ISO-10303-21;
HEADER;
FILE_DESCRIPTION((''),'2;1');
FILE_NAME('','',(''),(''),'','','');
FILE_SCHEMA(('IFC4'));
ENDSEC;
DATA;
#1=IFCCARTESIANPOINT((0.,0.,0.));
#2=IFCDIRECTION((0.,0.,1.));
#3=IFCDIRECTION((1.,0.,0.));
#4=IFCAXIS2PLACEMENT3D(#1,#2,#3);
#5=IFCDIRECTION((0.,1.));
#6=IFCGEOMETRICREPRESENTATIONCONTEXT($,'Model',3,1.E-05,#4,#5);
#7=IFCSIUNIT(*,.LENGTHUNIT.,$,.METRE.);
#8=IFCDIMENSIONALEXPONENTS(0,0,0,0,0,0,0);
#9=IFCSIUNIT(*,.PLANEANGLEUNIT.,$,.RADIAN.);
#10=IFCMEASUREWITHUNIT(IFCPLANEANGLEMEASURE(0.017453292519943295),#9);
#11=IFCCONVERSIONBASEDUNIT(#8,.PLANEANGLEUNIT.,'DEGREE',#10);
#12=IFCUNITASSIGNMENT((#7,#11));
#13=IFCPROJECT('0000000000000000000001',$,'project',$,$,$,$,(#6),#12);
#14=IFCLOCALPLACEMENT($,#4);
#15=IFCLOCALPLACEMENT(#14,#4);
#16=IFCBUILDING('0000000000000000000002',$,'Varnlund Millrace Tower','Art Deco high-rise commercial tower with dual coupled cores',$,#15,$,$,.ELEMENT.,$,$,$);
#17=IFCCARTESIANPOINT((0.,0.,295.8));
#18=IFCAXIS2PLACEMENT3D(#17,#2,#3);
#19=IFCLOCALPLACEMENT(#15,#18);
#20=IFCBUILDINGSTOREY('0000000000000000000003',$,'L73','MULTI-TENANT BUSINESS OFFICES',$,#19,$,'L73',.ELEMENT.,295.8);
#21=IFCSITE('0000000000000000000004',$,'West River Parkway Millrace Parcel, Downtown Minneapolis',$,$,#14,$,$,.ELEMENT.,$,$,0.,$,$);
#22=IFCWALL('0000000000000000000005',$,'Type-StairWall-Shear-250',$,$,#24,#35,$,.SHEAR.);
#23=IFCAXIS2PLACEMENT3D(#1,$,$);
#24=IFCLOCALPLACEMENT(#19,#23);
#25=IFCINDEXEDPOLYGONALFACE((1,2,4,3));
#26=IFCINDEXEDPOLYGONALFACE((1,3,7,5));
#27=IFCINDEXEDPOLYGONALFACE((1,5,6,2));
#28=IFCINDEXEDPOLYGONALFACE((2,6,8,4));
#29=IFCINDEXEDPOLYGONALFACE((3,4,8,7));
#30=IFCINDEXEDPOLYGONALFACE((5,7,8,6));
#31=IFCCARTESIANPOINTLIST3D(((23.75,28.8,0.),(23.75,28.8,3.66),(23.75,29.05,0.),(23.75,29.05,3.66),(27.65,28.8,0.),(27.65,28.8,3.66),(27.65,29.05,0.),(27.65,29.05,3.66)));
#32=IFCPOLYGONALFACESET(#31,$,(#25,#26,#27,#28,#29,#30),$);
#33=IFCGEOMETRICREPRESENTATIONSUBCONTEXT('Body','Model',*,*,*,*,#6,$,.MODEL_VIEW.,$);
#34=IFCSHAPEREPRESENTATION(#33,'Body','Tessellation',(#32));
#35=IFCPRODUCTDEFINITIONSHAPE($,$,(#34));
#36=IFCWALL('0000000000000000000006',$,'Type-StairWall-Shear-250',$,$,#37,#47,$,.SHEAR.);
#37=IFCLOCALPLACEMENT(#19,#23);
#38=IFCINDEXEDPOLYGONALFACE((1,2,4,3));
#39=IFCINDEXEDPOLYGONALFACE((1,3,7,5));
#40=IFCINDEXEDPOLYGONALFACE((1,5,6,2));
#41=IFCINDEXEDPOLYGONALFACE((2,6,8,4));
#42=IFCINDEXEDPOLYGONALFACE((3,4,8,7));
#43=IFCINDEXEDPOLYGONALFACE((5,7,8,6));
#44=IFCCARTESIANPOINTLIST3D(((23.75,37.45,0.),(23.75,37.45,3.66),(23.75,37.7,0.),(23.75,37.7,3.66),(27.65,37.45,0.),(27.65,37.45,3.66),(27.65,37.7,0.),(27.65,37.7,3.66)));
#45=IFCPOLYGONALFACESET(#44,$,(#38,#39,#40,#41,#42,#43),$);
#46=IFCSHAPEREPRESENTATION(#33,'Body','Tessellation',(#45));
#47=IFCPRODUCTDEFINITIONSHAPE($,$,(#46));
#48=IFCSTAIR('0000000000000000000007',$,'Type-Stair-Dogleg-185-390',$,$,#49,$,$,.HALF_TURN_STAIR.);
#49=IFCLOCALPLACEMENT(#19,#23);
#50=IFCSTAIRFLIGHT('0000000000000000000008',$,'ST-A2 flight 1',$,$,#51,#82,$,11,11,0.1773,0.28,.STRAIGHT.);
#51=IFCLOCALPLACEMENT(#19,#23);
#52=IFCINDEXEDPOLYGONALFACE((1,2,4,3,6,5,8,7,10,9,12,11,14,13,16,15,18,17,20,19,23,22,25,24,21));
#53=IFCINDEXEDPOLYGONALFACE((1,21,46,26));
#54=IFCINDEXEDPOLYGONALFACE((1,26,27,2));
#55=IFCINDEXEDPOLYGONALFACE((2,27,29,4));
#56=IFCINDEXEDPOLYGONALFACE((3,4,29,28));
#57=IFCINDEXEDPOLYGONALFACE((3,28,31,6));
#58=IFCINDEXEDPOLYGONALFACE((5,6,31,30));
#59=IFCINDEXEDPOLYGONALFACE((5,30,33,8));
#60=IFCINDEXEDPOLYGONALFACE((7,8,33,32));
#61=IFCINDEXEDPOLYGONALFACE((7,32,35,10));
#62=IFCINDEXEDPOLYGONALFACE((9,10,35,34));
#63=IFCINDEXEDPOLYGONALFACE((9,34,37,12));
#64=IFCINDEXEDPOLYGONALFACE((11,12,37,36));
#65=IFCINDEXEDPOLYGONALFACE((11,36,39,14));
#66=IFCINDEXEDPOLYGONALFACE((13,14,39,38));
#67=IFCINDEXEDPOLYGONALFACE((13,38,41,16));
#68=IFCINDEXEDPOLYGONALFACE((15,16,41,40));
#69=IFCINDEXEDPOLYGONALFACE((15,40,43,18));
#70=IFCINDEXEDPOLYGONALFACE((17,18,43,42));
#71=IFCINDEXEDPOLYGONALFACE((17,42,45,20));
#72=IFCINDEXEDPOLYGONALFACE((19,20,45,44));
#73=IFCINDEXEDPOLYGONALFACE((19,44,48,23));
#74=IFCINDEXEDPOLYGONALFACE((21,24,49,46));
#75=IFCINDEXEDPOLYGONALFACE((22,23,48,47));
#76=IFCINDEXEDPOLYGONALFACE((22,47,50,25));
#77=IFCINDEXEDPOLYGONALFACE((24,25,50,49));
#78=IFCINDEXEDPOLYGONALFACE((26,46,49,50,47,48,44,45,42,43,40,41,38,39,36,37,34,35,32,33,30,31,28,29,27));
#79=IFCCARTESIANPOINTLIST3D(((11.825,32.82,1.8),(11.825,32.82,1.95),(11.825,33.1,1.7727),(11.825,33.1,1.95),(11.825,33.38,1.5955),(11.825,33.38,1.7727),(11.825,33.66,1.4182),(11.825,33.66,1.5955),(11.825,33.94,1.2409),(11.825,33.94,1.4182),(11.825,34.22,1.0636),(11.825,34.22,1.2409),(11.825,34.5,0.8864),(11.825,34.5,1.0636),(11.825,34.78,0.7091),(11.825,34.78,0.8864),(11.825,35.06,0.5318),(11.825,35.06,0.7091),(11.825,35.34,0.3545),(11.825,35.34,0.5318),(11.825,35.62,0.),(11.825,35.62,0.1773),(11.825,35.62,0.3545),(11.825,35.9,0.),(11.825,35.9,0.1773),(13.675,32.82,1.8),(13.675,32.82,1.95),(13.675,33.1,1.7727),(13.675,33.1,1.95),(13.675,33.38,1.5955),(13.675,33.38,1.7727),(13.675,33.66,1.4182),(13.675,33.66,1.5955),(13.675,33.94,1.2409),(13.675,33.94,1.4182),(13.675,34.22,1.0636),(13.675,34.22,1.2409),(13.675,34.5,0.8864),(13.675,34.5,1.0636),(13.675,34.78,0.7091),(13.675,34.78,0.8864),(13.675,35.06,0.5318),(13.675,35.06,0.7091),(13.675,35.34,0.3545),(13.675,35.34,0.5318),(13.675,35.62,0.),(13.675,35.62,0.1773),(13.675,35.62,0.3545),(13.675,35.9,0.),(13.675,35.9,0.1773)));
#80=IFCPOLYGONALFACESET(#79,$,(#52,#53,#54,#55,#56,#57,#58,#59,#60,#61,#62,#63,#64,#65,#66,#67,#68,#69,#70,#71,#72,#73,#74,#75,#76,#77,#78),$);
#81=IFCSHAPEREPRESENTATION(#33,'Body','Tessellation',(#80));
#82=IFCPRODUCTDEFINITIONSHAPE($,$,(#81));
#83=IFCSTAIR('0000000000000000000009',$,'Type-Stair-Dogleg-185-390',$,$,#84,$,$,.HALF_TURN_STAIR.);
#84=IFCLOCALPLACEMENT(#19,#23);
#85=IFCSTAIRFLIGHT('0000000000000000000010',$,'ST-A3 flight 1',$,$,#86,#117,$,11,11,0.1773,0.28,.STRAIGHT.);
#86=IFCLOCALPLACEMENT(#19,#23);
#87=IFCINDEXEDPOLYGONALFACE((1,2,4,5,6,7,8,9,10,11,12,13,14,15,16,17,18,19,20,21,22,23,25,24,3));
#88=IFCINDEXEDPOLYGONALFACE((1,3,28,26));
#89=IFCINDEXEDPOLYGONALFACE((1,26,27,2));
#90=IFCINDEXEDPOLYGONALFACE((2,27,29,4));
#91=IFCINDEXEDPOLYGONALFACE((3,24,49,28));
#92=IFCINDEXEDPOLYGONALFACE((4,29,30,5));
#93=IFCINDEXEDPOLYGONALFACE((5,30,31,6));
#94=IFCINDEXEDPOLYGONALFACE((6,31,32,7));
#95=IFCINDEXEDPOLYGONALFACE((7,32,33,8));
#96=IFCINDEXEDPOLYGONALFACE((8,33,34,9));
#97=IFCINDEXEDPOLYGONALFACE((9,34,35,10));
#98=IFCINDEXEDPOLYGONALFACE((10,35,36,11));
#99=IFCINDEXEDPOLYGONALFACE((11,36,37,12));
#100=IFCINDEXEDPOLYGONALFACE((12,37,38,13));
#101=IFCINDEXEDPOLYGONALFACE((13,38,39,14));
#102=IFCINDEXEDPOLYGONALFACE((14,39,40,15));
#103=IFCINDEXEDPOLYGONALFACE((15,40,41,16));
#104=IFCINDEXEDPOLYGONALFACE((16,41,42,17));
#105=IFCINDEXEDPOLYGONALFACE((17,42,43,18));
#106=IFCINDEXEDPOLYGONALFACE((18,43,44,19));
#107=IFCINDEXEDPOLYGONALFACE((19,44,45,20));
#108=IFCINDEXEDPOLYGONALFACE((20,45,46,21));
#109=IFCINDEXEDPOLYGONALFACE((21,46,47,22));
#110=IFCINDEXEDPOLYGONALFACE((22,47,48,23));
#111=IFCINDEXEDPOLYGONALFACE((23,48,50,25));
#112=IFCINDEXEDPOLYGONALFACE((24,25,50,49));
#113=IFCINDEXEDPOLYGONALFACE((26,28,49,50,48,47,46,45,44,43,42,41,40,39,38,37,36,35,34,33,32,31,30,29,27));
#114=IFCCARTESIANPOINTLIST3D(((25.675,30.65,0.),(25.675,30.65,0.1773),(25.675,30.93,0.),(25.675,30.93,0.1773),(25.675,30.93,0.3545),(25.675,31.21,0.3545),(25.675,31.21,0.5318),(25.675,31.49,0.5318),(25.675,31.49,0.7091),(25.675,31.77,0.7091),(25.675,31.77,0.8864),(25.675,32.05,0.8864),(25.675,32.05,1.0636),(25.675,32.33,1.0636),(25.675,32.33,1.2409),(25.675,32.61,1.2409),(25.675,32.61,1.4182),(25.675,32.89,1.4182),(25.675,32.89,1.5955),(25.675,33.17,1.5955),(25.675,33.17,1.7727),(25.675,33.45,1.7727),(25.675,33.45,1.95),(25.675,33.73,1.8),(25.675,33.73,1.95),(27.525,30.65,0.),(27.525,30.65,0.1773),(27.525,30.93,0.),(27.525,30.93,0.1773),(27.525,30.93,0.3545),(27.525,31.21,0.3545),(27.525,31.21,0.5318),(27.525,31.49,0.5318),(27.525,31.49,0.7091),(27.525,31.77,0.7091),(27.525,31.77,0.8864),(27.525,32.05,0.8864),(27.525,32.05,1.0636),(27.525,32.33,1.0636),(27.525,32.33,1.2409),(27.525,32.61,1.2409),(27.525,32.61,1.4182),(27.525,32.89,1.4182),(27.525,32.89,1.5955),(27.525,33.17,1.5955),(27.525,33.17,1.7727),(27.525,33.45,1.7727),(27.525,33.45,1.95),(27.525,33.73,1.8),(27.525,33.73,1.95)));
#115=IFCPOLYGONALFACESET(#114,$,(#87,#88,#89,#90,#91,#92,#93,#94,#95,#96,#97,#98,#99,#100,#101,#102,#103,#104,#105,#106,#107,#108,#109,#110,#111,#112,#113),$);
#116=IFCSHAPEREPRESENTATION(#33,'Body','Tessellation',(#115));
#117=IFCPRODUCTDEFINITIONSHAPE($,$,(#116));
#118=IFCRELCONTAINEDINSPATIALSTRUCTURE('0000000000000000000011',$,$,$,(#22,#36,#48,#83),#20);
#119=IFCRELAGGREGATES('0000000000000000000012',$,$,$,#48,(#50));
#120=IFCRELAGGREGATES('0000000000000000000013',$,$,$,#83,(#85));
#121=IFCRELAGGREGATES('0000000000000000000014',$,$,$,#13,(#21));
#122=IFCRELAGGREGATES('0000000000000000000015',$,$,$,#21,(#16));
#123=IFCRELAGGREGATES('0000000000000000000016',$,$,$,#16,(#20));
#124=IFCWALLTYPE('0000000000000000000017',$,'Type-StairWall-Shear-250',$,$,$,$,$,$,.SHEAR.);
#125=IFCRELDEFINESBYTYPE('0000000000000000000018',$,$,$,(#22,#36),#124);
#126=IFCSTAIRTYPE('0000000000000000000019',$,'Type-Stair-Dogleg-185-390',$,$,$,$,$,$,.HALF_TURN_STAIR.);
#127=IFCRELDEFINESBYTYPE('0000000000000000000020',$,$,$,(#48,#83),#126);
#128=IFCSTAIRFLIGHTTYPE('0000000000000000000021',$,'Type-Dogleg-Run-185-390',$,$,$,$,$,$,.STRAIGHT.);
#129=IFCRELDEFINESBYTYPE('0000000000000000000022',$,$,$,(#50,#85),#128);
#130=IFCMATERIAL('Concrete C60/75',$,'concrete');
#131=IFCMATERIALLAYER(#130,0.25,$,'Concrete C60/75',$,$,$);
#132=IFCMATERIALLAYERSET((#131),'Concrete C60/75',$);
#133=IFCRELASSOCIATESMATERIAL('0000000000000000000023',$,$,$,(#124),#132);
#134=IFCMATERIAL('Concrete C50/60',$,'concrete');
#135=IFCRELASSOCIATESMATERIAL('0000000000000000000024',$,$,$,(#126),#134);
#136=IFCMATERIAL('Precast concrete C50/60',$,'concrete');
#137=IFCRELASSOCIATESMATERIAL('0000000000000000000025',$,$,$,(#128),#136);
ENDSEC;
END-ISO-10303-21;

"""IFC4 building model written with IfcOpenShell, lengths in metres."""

from ifc_helpers import new_model, entity, si_unit, converted_unit, direction, frame, origin_with_axes, place, context, subcontext, project, spatial, polyline, outline, extrude, material, layer, layer_set, type_object, element, aggregate, save


model = new_model("IFC4")

# Units and contexts
model_context = context("Model", 3, precision=1e-05, world=origin_with_axes(), true_north=direction((0.0, 1.0)))
body_context = subcontext(model_context, "Body", "Model", "MODEL_VIEW")
ifc_project = project(units=[si_unit("LENGTHUNIT", "METRE"), converted_unit("PLANEANGLEUNIT", "DEGREE", entity("IfcPlaneAngleMeasure", 0.017453292519943295), si_unit("PLANEANGLEUNIT", "RADIAN"), dimensions=[0, 0, 0, 0, 0, 0, 0])], contexts=[model_context])

# Site, building, storey
site_placement = place(None, origin_with_axes())
site = spatial("IfcSite", under=ifc_project, at=site_placement, Name="West River Parkway Millrace Parcel, Downtown Minneapolis", CompositionType="ELEMENT", RefElevation=0.0)
building_placement = place(site_placement, origin_with_axes())
building = spatial("IfcBuilding", under=site, at=building_placement, Name="Varnlund Millrace Tower", Description="Art Deco high-rise commercial tower with dual coupled cores", CompositionType="ELEMENT")
storey_placement = place(building_placement, frame((0.0, 0.0, 295.8), z_axis=(0.0, 0.0, 1.0), x_axis=(1.0, 0.0, 0.0)))
storey = spatial("IfcBuildingStorey", under=building, at=storey_placement, Name="L73", Description="MULTI-TENANT BUSINESS OFFICES", LongName="L73", CompositionType="ELEMENT", Elevation=295.8)

# Shared definitions
ifc_material_1 = material(Name="Concrete C60/75", Category="concrete")

# Shared definitions
ifc_layer = layer(ifc_material_1, 0.25, Name="Concrete C60/75")
ifc_layer_set = layer_set([ifc_layer], Name="Concrete C60/75")

# Shared definitions
wall_type_1 = type_object("IfcWallType", Name="Type-StairWall-Shear-250", PredefinedType="SHEAR", material=ifc_layer_set)

# Walls
for number, where, z_axis, x_axis, name in (
    (1, (23.75, 28.925, 0.0), (0.0, 0.0, 1.0), (1.0, 0.0, 0.0), "Type-StairWall-Shear-250"),
    (2, (23.75, 37.575, 0.0), (0.0, 0.0, 1.0), (1.0, 0.0, 0.0), "Type-StairWall-Shear-250"),
):
    element("IfcWall", number, at=place(storey_placement, frame(where, z_axis=z_axis, x_axis=x_axis)), inside=storey, type_object=wall_type_1, Name=name, PredefinedType="SHEAR", context=body_context, shape_type="SweptSolid", body=[
        extrude(outline(polyline([(0.0, -0.125), (3.9, -0.125), (3.9, 0.125), (0.0, 0.125), (0.0, -0.125)])), origin_with_axes(), (0.0, 0.0, 1.0), 3.66),
    ])

# Stairs, stair flights
ifc_material_2 = material(Name="Concrete C50/60", Category="concrete")
stair_type = type_object("IfcStairType", Name="Type-Stair-Dogleg-185-390", PredefinedType="HALF_TURN_STAIR", material=ifc_material_2)
stair_1_placement = place(storey_placement, origin_with_axes())
stair_1 = element("IfcStair", 3, at=stair_1_placement, inside=storey, type_object=stair_type, Name="Type-Stair-Dogleg-185-390", PredefinedType="HALF_TURN_STAIR")
ifc_material_3 = material(Name="Precast concrete C50/60", Category="concrete")
stair_flight_type = type_object("IfcStairFlightType", Name="Type-Dogleg-Run-185-390", PredefinedType="STRAIGHT", material=ifc_material_3)
stair_flight_1_placement = place(storey_placement, frame((13.675, 35.9, 0.0), z_axis=(-1.0, 0.0, 0.0), x_axis=(0.0, -1.0, 0.0)))
stair_flight_1 = element("IfcStairFlight", 4, at=stair_flight_1_placement, type_object=stair_flight_type, Name="ST-A2 flight 1", NumberOfRisers=11, NumberOfTreads=11, PredefinedType="STRAIGHT", RiserHeight=0.1773, TreadLength=0.28, context=body_context, shape_type="SweptSolid", body=[
    extrude(outline(polyline([(0.0, 0.0), (0.0, 0.1773), (0.28, 0.1773), (0.28, 0.3545), (0.56, 0.3545), (0.56, 0.5318), (0.84, 0.5318), (0.84, 0.7091), (1.12, 0.7091), (1.12, 0.8864), (1.4, 0.8864), (1.4, 1.0636), (1.68, 1.0636), (1.68, 1.2409), (1.96, 1.2409), (1.96, 1.4182), (2.24, 1.4182), (2.24, 1.5955), (2.52, 1.5955), (2.52, 1.7727), (2.8, 1.7727), (2.8, 1.95), (3.08, 1.95), (3.08, 1.8), (0.28, 0.0), (0.0, 0.0)])), origin_with_axes(), (0.0, 0.0, 1.0), 1.85),
])
aggregate(stair_1, [stair_flight_1])
stair_2_placement = place(storey_placement, origin_with_axes())
stair_2 = element("IfcStair", 5, at=stair_2_placement, inside=storey, type_object=stair_type, Name="Type-Stair-Dogleg-185-390", PredefinedType="HALF_TURN_STAIR")
stair_flight_2_placement = place(storey_placement, frame((25.675, 30.65, 0.0), z_axis=(1.0, 0.0, 0.0), x_axis=(0.0, 1.0, 0.0)))
stair_flight_2 = element("IfcStairFlight", 6, at=stair_flight_2_placement, type_object=stair_flight_type, Name="ST-A3 flight 1", NumberOfRisers=11, NumberOfTreads=11, PredefinedType="STRAIGHT", RiserHeight=0.1773, TreadLength=0.28, context=body_context, shape_type="SweptSolid", body=[
    extrude(outline(polyline([(0.0, 0.0), (0.0, 0.1773), (0.28, 0.1773), (0.28, 0.3545), (0.56, 0.3545), (0.56, 0.5318), (0.84, 0.5318), (0.84, 0.7091), (1.12, 0.7091), (1.12, 0.8864), (1.4, 0.8864), (1.4, 1.0636), (1.68, 1.0636), (1.68, 1.2409), (1.96, 1.2409), (1.96, 1.4182), (2.24, 1.4182), (2.24, 1.5955), (2.52, 1.5955), (2.52, 1.7727), (2.8, 1.7727), (2.8, 1.95), (3.08, 1.95), (3.08, 1.8), (0.28, 0.0), (0.0, 0.0)])), origin_with_axes(), (0.0, 0.0, 1.0), 1.85),
])
aggregate(stair_2, [stair_flight_2])

save(model, "model.ifc")
